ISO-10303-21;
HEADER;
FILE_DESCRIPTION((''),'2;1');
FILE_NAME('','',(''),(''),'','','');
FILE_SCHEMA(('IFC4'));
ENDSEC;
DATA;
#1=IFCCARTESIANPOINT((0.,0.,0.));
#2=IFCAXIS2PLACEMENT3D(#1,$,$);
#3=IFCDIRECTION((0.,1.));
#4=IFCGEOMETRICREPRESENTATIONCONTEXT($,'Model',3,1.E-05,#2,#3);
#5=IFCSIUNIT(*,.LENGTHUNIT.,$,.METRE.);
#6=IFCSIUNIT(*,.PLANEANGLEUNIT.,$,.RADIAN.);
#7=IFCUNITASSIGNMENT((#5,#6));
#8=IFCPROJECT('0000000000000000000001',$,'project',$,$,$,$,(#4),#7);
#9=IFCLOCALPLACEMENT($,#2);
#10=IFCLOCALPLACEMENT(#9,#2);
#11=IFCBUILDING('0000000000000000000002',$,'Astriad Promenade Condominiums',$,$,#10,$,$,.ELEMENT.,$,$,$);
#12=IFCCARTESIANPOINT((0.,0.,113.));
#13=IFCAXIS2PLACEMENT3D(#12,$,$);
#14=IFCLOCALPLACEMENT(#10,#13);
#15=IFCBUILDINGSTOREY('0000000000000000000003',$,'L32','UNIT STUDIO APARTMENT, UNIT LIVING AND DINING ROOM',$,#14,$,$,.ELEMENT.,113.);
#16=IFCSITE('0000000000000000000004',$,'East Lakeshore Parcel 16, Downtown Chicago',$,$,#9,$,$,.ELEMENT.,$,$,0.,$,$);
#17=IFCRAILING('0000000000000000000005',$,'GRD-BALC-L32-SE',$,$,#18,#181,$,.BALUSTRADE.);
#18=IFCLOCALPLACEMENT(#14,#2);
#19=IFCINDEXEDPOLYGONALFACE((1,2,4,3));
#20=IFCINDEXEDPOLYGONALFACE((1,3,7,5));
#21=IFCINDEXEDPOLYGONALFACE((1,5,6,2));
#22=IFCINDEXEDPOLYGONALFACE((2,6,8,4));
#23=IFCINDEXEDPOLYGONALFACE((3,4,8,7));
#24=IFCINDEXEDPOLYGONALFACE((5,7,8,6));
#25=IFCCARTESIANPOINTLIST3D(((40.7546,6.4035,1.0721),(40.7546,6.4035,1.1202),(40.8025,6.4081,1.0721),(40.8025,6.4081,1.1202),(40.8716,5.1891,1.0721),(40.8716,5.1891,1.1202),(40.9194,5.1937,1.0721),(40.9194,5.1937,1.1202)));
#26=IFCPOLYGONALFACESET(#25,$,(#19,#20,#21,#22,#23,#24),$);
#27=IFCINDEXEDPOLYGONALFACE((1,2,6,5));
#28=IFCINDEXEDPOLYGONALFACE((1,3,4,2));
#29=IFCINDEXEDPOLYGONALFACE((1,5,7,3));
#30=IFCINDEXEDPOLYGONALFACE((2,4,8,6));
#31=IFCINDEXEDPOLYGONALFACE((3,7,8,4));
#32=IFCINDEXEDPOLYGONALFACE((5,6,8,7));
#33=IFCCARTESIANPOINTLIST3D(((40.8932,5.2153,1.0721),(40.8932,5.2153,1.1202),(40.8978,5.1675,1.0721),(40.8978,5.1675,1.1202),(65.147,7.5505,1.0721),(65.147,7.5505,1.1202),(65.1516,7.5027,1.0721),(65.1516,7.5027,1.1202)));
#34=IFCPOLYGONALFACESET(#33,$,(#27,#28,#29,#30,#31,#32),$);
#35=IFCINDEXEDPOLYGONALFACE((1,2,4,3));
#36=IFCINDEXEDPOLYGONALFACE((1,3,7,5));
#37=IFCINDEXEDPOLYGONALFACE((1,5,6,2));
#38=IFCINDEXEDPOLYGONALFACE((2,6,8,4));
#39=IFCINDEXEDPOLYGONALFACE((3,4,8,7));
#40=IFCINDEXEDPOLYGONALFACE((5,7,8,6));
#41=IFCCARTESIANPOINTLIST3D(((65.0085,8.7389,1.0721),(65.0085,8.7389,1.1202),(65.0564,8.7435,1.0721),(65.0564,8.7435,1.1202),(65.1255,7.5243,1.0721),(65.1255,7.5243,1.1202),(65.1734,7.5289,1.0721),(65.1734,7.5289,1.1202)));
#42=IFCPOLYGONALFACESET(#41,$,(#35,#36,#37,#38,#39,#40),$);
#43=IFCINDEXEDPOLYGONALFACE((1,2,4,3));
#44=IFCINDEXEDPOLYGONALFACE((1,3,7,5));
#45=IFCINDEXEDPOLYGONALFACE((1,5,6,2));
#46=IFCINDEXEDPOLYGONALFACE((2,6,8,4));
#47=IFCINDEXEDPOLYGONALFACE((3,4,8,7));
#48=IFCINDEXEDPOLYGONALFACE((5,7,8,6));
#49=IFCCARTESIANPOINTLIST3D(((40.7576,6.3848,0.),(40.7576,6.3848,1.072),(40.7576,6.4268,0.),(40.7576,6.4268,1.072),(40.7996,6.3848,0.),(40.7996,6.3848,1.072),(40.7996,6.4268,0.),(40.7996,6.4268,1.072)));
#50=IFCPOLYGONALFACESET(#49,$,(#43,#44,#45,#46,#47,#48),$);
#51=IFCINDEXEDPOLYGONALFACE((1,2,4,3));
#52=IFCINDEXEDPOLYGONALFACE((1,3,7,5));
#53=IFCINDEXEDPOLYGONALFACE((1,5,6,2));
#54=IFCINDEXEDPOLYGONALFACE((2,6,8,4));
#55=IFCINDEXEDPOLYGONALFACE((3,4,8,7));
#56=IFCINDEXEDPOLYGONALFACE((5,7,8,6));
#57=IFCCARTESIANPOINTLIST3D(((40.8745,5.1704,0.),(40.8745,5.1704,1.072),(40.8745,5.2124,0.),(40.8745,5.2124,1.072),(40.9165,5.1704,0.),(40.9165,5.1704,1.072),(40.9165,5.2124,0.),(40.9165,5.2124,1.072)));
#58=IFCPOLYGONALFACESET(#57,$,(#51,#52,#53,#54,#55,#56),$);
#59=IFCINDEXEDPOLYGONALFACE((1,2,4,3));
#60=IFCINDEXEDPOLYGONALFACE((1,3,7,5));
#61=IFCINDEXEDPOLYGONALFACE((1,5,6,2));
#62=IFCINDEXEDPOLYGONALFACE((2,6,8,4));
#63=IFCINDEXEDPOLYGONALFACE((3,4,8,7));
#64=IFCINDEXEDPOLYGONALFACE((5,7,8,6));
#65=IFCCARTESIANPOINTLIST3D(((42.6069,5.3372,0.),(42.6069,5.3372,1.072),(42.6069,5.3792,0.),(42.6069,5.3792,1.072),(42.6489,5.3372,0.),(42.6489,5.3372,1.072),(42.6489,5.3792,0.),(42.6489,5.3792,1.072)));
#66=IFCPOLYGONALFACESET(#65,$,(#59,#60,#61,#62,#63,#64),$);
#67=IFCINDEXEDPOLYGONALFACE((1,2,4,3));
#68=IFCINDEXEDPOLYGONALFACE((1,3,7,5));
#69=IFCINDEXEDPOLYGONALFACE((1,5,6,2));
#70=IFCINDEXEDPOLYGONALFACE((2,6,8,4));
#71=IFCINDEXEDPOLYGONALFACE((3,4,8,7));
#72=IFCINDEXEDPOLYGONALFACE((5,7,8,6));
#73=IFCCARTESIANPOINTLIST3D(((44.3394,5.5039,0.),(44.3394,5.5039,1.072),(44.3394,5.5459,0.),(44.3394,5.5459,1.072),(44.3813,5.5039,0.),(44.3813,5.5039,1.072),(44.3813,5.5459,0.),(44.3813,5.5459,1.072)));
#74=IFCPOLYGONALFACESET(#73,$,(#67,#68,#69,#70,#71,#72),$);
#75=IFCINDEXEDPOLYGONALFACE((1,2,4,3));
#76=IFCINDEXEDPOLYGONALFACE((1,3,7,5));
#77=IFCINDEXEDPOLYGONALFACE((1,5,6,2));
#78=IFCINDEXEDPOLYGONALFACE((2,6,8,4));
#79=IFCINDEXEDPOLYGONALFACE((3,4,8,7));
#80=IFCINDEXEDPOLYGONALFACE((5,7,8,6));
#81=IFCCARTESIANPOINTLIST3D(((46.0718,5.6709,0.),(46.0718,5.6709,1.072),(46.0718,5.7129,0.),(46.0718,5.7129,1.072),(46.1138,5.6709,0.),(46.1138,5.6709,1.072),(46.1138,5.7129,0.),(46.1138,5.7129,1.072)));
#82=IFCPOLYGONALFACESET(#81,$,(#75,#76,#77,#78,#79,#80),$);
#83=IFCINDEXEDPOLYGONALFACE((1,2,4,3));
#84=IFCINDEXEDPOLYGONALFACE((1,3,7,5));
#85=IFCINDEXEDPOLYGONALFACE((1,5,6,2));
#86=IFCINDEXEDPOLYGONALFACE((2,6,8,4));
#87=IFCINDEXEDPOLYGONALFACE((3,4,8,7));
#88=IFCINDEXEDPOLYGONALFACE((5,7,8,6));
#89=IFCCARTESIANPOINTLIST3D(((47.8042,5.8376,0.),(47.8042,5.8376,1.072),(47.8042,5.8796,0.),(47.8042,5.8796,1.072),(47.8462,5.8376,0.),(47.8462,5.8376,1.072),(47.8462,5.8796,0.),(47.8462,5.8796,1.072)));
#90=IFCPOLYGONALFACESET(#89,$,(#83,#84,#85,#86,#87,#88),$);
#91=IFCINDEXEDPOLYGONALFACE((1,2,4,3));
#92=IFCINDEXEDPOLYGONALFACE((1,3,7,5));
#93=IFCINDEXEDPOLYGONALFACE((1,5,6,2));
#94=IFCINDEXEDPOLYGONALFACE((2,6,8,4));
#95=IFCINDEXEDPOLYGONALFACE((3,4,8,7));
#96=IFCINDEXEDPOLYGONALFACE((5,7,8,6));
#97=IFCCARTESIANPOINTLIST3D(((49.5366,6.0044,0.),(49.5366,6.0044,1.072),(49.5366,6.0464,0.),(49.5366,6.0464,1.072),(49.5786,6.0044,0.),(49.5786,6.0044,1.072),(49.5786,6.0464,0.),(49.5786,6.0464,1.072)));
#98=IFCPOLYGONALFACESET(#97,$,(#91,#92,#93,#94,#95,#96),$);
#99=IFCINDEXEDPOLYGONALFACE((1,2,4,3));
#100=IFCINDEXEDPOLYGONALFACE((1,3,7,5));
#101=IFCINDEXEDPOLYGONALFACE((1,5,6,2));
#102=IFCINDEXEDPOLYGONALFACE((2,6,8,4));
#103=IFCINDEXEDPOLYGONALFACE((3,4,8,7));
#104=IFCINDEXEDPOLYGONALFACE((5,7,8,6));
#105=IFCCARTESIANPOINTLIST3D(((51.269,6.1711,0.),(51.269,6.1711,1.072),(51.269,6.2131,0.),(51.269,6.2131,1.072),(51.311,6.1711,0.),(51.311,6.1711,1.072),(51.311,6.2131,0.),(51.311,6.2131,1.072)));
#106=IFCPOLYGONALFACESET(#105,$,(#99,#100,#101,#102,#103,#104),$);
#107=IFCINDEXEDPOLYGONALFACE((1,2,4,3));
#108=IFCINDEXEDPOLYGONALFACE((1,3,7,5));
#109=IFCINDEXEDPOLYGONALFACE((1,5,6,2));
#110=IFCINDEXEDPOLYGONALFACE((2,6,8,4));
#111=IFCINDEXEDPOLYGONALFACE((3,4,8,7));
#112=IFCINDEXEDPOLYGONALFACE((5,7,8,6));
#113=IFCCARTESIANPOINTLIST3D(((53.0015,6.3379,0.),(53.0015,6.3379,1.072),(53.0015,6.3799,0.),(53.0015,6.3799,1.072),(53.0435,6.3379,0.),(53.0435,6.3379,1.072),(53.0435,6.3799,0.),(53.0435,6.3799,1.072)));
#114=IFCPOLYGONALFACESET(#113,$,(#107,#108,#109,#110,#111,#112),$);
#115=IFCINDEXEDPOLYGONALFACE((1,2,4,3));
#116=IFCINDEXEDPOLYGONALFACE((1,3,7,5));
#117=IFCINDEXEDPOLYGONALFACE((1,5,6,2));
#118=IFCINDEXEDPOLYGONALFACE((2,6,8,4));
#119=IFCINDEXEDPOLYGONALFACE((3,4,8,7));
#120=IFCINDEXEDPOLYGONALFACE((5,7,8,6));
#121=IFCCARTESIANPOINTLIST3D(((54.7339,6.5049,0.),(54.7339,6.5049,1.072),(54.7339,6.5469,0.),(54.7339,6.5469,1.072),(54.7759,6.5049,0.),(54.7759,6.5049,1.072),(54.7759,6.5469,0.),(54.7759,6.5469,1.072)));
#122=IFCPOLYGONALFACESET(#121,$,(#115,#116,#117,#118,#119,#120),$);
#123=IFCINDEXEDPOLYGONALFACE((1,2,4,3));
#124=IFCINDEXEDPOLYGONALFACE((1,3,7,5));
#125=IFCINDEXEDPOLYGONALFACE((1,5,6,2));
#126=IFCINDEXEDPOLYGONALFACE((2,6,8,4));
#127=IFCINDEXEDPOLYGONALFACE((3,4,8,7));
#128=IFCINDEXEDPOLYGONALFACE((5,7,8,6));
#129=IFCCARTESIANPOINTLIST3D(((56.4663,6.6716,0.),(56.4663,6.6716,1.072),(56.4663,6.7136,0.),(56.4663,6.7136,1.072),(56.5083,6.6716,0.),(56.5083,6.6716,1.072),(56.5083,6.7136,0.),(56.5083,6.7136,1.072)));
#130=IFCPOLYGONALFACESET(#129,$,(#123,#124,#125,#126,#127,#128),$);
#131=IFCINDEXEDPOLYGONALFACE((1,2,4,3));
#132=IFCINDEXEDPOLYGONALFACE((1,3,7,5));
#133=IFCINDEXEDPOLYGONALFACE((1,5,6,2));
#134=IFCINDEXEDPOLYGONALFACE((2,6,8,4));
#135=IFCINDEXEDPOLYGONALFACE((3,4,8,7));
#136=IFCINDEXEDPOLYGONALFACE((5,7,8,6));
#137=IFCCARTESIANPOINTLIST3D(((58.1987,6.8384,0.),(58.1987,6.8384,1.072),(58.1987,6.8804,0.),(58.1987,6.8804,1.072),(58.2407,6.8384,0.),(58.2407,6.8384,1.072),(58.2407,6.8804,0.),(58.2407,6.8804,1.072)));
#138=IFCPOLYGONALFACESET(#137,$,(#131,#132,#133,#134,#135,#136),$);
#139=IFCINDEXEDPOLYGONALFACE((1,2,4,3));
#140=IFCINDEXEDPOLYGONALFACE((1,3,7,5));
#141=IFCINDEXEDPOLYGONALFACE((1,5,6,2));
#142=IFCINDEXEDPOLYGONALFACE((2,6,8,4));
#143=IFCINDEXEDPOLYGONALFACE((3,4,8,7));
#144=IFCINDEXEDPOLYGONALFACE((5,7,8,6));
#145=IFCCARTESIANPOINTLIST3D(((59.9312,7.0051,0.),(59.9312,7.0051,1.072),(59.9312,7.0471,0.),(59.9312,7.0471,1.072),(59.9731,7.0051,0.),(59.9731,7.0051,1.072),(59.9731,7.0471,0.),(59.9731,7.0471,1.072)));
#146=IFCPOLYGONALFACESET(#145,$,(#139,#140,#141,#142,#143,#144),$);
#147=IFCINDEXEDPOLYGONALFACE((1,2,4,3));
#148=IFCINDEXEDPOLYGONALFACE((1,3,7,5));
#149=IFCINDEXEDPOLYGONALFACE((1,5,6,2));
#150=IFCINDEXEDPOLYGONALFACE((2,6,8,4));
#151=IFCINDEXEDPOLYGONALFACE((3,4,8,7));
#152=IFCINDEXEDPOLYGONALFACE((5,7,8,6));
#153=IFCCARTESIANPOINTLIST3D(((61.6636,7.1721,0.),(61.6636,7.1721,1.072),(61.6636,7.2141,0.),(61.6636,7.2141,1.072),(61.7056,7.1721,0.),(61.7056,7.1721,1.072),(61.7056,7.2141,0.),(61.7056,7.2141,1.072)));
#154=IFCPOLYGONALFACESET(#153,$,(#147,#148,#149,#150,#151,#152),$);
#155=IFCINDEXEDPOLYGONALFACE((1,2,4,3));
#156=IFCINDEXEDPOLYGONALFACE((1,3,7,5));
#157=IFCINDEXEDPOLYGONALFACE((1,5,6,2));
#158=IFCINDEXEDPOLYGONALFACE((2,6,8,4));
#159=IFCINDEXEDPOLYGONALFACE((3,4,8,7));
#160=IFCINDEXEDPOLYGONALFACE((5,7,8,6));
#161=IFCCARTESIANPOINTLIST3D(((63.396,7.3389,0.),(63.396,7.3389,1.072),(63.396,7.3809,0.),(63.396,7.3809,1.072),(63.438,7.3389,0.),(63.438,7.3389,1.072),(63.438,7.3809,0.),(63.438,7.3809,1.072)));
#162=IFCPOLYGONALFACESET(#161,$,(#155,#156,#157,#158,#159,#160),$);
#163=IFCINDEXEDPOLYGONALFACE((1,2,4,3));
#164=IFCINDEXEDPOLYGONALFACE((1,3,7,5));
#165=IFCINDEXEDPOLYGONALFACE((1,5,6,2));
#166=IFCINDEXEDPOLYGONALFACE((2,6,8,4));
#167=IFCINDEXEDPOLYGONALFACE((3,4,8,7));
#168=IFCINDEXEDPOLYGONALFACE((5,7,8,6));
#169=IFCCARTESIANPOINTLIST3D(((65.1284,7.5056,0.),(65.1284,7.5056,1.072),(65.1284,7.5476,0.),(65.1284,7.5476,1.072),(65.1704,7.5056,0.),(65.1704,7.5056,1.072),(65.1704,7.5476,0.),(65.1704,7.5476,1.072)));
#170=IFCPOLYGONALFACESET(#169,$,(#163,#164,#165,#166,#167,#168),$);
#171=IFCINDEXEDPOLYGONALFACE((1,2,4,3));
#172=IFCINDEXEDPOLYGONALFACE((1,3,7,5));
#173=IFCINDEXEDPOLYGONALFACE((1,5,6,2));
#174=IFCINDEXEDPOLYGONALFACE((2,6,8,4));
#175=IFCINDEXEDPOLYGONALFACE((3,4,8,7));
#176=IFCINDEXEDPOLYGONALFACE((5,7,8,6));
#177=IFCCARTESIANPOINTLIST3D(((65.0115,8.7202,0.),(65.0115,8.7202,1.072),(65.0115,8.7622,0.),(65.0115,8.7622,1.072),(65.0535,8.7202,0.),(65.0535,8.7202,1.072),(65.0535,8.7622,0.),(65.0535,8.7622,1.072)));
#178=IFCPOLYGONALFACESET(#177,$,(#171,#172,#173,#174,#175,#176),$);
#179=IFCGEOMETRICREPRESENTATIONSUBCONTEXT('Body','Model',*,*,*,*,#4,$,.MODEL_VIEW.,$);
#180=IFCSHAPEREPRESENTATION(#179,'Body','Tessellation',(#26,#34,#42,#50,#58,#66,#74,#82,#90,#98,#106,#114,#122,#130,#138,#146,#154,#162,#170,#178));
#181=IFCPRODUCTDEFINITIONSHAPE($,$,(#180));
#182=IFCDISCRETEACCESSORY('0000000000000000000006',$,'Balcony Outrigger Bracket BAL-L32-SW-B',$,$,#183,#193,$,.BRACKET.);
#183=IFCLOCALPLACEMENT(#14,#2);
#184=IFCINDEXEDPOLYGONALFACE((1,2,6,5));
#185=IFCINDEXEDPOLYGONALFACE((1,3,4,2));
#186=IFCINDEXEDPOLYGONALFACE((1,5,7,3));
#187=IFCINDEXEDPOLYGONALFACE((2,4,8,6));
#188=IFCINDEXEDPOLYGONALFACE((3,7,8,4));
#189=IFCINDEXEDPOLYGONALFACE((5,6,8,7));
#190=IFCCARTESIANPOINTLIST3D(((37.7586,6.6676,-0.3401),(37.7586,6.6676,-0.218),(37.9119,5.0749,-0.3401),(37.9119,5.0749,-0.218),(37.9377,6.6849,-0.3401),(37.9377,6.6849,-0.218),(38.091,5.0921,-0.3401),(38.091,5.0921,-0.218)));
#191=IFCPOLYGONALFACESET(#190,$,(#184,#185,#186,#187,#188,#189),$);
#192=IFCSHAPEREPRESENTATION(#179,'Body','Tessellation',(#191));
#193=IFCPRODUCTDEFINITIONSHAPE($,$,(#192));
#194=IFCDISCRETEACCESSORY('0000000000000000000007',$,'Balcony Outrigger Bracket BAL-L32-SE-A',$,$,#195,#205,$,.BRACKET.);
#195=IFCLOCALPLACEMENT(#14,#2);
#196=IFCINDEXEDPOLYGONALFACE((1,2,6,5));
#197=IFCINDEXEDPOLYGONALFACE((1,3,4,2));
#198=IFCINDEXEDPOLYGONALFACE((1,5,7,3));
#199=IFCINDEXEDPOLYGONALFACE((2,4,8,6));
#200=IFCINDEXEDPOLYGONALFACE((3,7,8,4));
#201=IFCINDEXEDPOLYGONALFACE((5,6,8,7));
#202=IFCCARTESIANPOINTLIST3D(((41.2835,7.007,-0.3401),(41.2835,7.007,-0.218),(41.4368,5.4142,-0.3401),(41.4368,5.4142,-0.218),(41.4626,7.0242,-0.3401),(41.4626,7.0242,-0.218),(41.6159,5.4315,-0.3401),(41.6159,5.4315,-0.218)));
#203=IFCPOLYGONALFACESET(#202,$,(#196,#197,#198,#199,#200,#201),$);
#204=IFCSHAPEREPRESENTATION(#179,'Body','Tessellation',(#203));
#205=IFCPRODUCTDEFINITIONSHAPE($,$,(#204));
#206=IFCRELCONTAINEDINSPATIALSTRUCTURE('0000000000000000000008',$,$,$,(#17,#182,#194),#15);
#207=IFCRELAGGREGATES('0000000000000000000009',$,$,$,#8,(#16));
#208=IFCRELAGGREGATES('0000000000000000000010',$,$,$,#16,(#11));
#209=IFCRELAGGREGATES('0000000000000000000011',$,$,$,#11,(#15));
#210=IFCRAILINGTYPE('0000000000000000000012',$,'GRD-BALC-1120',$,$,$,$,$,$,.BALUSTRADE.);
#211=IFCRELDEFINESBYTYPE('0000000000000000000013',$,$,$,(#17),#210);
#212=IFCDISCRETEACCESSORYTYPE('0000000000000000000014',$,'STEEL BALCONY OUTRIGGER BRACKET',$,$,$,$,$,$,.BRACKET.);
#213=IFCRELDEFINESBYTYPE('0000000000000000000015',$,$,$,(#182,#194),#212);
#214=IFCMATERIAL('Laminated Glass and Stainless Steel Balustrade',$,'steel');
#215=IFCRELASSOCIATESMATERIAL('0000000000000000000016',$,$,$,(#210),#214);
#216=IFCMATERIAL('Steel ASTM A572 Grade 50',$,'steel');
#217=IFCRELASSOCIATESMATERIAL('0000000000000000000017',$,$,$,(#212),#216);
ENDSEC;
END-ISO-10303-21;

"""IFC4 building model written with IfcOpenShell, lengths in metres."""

from ifc_helpers import new_model, si_unit, direction, frame, origin, origin_2d, place, context, subcontext, project, spatial, rectangle, extrude, source, transform, mapped, material, type_object, type_shapes, element, save


model = new_model("IFC4")

# Units and contexts
model_context = context("Model", 3, precision=1e-05, world=origin(), true_north=direction((0.0, 1.0)))
body_context = subcontext(model_context, "Body", "Model", "MODEL_VIEW")
ifc_project = project(units=[si_unit("LENGTHUNIT", "METRE"), si_unit("PLANEANGLEUNIT", "RADIAN")], contexts=[model_context])

# Site, building, storey
site_placement = place(None, origin())
site = spatial("IfcSite", under=ifc_project, at=site_placement, Name="East Lakeshore Parcel 16, Downtown Chicago", CompositionType="ELEMENT", RefElevation=0.0)
building_placement = place(site_placement, origin())
building = spatial("IfcBuilding", under=site, at=building_placement, Name="Astriad Promenade Condominiums", CompositionType="ELEMENT")
storey_placement = place(building_placement, frame((0.0, 0.0, 113.0)))
storey = spatial("IfcBuildingStorey", under=building, at=storey_placement, Name="L32", Description="UNIT STUDIO APARTMENT, UNIT LIVING AND DINING ROOM", CompositionType="ELEMENT", Elevation=113.0)

# Railing
ifc_material_1 = material(Name="Laminated Glass and Stainless Steel Balustrade", Category="steel")
railing_type = type_object("IfcRailingType", Name="GRD-BALC-1120", PredefinedType="BALUSTRADE", material=ifc_material_1)
shared_shape_1 = source(origin(), body_context, "Body", "SweptSolid", [
    extrude(rectangle(XDim=0.0481, YDim=0.0481, at=origin_2d()), frame((0.0, 0.0, 1.0962), z_axis=(0.095857, -0.995395, 0.0), x_axis=(0.995395, 0.095857, 0.0)), (0.0, 0.0, 1.0), 1.22),
    extrude(rectangle(XDim=0.0481, YDim=0.0481, at=origin_2d()), frame((0.1169, -1.2144, 1.0962), z_axis=(0.995397, 0.095838, 0.0), x_axis=(-0.095838, 0.995397, 0.0)), (0.0, 0.0, 1.0), 24.366),
    extrude(rectangle(XDim=0.0481, YDim=0.0481, at=origin_2d()), frame((24.3708, 1.1208, 1.0962), z_axis=(-0.095838, 0.995397, 0.0), x_axis=(-0.995397, -0.095838, 0.0)), (0.0, 0.0, 1.0), 1.2202),
    extrude(rectangle(XDim=0.042, YDim=0.042, at=origin_2d()), origin(), (0.0, 0.0, 1.0), 1.072),
    extrude(rectangle(XDim=0.042, YDim=0.042, at=origin_2d()), frame((0.1169, -1.2144, 0.0)), (0.0, 0.0, 1.0), 1.072),
    extrude(rectangle(XDim=0.042, YDim=0.042, at=origin_2d()), frame((1.8494, -1.0476, 0.0)), (0.0, 0.0, 1.0), 1.072),
    extrude(rectangle(XDim=0.042, YDim=0.042, at=origin_2d()), frame((3.5818, -0.8809, 0.0)), (0.0, 0.0, 1.0), 1.072),
    extrude(rectangle(XDim=0.042, YDim=0.042, at=origin_2d()), frame((5.3142, -0.7139, 0.0)), (0.0, 0.0, 1.0), 1.072),
    extrude(rectangle(XDim=0.042, YDim=0.042, at=origin_2d()), frame((7.0466, -0.5471, 0.0)), (0.0, 0.0, 1.0), 1.072),
    extrude(rectangle(XDim=0.042, YDim=0.042, at=origin_2d()), frame((8.7791, -0.3804, 0.0)), (0.0, 0.0, 1.0), 1.072),
    extrude(rectangle(XDim=0.042, YDim=0.042, at=origin_2d()), frame((10.5115, -0.2136, 0.0)), (0.0, 0.0, 1.0), 1.072),
    extrude(rectangle(XDim=0.042, YDim=0.042, at=origin_2d()), frame((12.2439, -0.0469, 0.0)), (0.0, 0.0, 1.0), 1.072),
    extrude(rectangle(XDim=0.042, YDim=0.042, at=origin_2d()), frame((13.9763, 0.1201, 0.0)), (0.0, 0.0, 1.0), 1.072),
    extrude(rectangle(XDim=0.042, YDim=0.042, at=origin_2d()), frame((15.7087, 0.2869, 0.0)), (0.0, 0.0, 1.0), 1.072),
    extrude(rectangle(XDim=0.042, YDim=0.042, at=origin_2d()), frame((17.4412, 0.4536, 0.0)), (0.0, 0.0, 1.0), 1.072),
    extrude(rectangle(XDim=0.042, YDim=0.042, at=origin_2d()), frame((19.1736, 0.6204, 0.0)), (0.0, 0.0, 1.0), 1.072),
    extrude(rectangle(XDim=0.042, YDim=0.042, at=origin_2d()), frame((20.906, 0.7874, 0.0)), (0.0, 0.0, 1.0), 1.072),
    extrude(rectangle(XDim=0.042, YDim=0.042, at=origin_2d()), frame((22.6384, 0.9541, 0.0)), (0.0, 0.0, 1.0), 1.072),
    extrude(rectangle(XDim=0.042, YDim=0.042, at=origin_2d()), frame((24.3708, 1.1208, 0.0)), (0.0, 0.0, 1.0), 1.072),
    extrude(rectangle(XDim=0.042, YDim=0.042, at=origin_2d()), frame((24.2539, 2.3354, 0.0)), (0.0, 0.0, 1.0), 1.072),
])
type_shapes(railing_type, [shared_shape_1])
railing_placement = place(storey_placement, frame((40.7786, 6.4058, 0.0)))
element("IfcRailing", 1, at=railing_placement, inside=storey, type_object=railing_type, Name="GRD-BALC-L32-SE", PredefinedType="BALUSTRADE", context=body_context, shape_type="MappedRepresentation", body=[
    mapped(shared_shape_1, transform((0.0, 0.0, 0.0), scale=1.0)),
])

# Discrete accessories
ifc_material_2 = material(Name="Steel ASTM A572 Grade 50", Category="steel")
discrete_accessory_type = type_object("IfcDiscreteAccessoryType", Name="STEEL BALCONY OUTRIGGER BRACKET", PredefinedType="BRACKET", material=ifc_material_2)
shared_shape_2 = source(origin(), body_context, "Body", "SweptSolid", [
    extrude(rectangle(XDim=1.6001, YDim=0.1799, at=origin_2d()), origin(), (0.0, 0.0, 1.0), 0.1221),
])
type_shapes(discrete_accessory_type, [shared_shape_2])
for number, where, z_axis, x_axis, name in (
    (2, (37.9248, 5.8799, -0.3401), (0.0, 0.0, 1.0), (0.095846, -0.995396, 0.0), "Balcony Outrigger Bracket BAL-L32-SW-B"),
    (3, (41.4497, 6.2192, -0.3401), (0.0, 0.0, 1.0), (0.095846, -0.995396, 0.0), "Balcony Outrigger Bracket BAL-L32-SE-A"),
):
    element("IfcDiscreteAccessory", number, at=place(storey_placement, frame(where, z_axis=z_axis, x_axis=x_axis)), inside=storey, type_object=discrete_accessory_type, Name=name, PredefinedType="BRACKET", context=body_context, shape_type="MappedRepresentation", body=[
        mapped(shared_shape_2, transform((0.0, 0.0, 0.0), scale=1.0)),
    ])

save(model, "model.ifc")
